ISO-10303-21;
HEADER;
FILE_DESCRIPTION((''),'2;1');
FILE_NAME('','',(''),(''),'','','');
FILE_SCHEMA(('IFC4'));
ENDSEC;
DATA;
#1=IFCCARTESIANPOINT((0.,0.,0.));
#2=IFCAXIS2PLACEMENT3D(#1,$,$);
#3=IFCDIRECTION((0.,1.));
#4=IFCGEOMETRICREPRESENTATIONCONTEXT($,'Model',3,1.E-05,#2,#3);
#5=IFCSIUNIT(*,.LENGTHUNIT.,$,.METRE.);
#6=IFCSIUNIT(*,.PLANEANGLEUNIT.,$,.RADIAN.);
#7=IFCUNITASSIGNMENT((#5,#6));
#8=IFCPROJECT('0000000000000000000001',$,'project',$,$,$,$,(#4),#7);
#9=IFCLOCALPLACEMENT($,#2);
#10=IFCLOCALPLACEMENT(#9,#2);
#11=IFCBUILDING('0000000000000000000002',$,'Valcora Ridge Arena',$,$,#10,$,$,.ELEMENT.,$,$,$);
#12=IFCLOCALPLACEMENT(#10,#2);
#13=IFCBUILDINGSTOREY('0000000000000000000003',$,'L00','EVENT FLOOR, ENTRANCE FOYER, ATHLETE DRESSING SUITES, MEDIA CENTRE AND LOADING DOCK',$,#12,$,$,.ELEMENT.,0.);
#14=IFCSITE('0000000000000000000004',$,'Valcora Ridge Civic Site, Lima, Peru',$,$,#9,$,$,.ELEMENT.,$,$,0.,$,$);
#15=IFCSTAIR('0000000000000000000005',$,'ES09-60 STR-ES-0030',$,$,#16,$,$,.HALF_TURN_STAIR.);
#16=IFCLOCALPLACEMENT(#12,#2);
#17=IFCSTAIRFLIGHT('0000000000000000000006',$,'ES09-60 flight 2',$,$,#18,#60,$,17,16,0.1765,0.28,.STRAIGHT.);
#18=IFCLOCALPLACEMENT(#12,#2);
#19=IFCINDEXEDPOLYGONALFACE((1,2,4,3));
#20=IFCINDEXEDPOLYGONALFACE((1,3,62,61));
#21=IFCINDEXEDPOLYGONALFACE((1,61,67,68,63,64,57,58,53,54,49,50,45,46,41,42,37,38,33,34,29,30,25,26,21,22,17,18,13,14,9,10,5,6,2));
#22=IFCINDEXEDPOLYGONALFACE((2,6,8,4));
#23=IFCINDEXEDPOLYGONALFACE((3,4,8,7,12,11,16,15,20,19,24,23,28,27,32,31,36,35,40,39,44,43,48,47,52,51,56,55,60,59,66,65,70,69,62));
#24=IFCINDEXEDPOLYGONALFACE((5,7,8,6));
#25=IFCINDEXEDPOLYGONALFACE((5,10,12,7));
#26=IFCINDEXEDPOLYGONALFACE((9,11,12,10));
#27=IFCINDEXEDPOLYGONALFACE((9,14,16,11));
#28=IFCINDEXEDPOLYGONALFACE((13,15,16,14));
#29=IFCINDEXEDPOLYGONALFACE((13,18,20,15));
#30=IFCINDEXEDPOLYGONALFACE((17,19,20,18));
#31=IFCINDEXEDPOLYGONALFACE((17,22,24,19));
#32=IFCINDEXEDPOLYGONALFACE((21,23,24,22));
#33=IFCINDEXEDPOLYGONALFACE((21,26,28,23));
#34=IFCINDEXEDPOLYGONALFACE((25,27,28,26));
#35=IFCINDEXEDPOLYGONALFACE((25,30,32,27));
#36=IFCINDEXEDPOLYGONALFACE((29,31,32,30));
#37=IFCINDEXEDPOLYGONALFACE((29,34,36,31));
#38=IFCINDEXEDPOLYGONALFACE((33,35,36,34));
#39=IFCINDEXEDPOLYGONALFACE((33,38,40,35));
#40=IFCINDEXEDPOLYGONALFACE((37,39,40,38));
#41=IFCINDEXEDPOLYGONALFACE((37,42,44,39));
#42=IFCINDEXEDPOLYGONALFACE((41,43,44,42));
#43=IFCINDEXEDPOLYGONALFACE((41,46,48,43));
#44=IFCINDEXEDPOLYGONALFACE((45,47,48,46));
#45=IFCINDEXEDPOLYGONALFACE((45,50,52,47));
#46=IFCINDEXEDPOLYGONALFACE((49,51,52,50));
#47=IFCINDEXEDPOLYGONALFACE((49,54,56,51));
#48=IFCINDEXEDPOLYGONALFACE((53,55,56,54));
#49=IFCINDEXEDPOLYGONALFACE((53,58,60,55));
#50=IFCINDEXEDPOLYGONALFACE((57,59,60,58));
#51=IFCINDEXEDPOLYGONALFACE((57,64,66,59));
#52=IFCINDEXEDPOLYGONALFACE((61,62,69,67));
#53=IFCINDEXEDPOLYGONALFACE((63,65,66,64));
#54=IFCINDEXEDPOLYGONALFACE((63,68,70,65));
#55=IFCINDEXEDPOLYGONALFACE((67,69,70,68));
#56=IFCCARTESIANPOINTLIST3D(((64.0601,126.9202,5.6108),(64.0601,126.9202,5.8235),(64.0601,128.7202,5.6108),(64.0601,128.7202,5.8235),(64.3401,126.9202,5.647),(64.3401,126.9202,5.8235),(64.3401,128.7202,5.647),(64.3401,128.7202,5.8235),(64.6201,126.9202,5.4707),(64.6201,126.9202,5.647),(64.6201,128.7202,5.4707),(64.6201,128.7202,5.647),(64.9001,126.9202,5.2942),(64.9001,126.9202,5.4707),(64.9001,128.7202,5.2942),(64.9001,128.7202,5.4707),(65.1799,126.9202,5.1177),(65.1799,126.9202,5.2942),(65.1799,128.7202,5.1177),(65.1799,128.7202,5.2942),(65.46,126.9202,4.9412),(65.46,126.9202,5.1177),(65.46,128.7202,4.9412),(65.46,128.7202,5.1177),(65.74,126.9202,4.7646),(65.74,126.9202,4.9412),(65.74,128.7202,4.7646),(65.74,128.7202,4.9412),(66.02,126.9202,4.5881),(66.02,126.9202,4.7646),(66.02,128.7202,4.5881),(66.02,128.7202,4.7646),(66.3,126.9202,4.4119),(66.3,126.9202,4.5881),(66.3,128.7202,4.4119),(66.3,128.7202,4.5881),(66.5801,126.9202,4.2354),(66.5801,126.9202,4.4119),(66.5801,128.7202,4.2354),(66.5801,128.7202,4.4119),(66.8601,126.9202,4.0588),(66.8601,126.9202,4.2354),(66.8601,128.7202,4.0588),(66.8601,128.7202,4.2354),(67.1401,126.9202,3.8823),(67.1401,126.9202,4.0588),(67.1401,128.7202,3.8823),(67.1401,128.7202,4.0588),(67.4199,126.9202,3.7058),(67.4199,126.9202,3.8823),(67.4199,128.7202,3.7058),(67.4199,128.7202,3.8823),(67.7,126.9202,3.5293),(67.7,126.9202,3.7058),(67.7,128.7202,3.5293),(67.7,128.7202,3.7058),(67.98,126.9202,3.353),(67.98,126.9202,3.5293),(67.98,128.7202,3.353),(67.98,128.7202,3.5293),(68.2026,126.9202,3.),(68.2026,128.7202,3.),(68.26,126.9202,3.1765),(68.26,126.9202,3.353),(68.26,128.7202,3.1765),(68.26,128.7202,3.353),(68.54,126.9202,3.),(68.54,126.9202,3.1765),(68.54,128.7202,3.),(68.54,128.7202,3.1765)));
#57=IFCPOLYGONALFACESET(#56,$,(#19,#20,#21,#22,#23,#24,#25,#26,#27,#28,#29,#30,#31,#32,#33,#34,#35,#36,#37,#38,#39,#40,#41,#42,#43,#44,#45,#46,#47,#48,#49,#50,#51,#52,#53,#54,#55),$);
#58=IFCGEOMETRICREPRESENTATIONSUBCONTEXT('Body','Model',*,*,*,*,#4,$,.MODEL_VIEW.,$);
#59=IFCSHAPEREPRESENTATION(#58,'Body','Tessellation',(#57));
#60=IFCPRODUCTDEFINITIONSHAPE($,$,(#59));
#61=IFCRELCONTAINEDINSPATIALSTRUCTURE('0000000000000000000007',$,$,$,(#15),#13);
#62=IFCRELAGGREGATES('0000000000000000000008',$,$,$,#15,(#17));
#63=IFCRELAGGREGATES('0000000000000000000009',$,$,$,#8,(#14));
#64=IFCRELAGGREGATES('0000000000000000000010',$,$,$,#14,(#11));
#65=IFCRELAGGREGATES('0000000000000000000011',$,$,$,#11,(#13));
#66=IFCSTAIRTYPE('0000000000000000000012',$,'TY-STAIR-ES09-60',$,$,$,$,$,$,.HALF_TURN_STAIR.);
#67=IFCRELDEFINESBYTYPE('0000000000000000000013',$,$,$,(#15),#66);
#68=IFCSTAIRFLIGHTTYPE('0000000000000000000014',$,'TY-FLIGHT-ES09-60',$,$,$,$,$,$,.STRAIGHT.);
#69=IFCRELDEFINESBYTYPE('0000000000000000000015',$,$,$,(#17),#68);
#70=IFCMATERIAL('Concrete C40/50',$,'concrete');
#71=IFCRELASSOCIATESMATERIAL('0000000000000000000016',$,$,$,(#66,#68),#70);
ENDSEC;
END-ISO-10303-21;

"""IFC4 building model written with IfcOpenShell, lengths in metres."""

from ifc_helpers import new_model, si_unit, direction, frame, origin, place, context, subcontext, project, spatial, polyline, outline, extrude, material, type_object, element, aggregate, save


model = new_model("IFC4")

# Units and contexts
model_context = context("Model", 3, precision=1e-05, world=origin(), true_north=direction((0.0, 1.0)))
body_context = subcontext(model_context, "Body", "Model", "MODEL_VIEW")
ifc_project = project(units=[si_unit("LENGTHUNIT", "METRE"), si_unit("PLANEANGLEUNIT", "RADIAN")], contexts=[model_context])

# Site, building, storey
site_placement = place(None, origin())
site = spatial("IfcSite", under=ifc_project, at=site_placement, Name="Valcora Ridge Civic Site, Lima, Peru", CompositionType="ELEMENT", RefElevation=0.0)
building_placement = place(site_placement, origin())
building = spatial("IfcBuilding", under=site, at=building_placement, Name="Valcora Ridge Arena", CompositionType="ELEMENT")
storey_placement = place(building_placement, origin())
storey = spatial("IfcBuildingStorey", under=building, at=storey_placement, Name="L00", Description="EVENT FLOOR, ENTRANCE FOYER, ATHLETE DRESSING SUITES, MEDIA CENTRE AND LOADING DOCK", CompositionType="ELEMENT", Elevation=0.0)

# Shared definitions
ifc_material_1 = material(Name="Concrete C40/50", Category="concrete")

# Stair, stair flight
stair_type = type_object("IfcStairType", Name="TY-STAIR-ES09-60", PredefinedType="HALF_TURN_STAIR", material=ifc_material_1)
stair_placement = place(storey_placement, origin())
stair = element("IfcStair", 1, at=stair_placement, inside=storey, type_object=stair_type, Name="ES09-60 STR-ES-0030", PredefinedType="HALF_TURN_STAIR")
stair_flight_type = type_object("IfcStairFlightType", Name="TY-FLIGHT-ES09-60", PredefinedType="STRAIGHT", material=ifc_material_1)
stair_flight_placement = place(storey_placement, frame((68.54, 127.8201, 3.0), z_axis=(0.0, 0.0, 1.0), x_axis=(-1.0, 0.0, 0.0)))
stair_flight = element("IfcStairFlight", 2, at=stair_flight_placement, type_object=stair_flight_type, Name="ES09-60 flight 2", NumberOfRisers=17, NumberOfTreads=16, PredefinedType="STRAIGHT", RiserHeight=0.1765, TreadLength=0.28, context=body_context, shape_type="SweptSolid", body=[
    extrude(outline(polyline([(0.0, 0.0), (0.0, 0.1765), (0.28, 0.1765), (0.28, 0.353), (0.5601, 0.353), (0.5601, 0.5293), (0.8401, 0.5293), (0.8401, 0.7058), (1.1201, 0.7058), (1.1201, 0.8823), (1.3999, 0.8823), (1.3999, 1.0588), (1.6799, 1.0588), (1.6799, 1.2354), (1.96, 1.2354), (1.96, 1.4119), (2.24, 1.4119), (2.24, 1.5881), (2.52, 1.5881), (2.52, 1.7646), (2.8, 1.7646), (2.8, 1.9412), (3.0801, 1.9412), (3.0801, 2.1177), (3.3601, 2.1177), (3.3601, 2.2942), (3.6399, 2.2942), (3.6399, 2.4707), (3.9199, 2.4707), (3.9199, 2.647), (4.2, 2.647), (4.2, 2.8235), (4.48, 2.8235), (4.48, 3.0), (4.48, 2.6108), (0.3374, 0.0), (0.0, 0.0)])), frame((0.0, 0.8999, 0.0), z_axis=(0.0, -1.0, 0.0), x_axis=(1.0, 0.0, 0.0)), (0.0, 0.0, 1.0), 1.8),
])
aggregate(stair, [stair_flight])

save(model, "model.ifc")
